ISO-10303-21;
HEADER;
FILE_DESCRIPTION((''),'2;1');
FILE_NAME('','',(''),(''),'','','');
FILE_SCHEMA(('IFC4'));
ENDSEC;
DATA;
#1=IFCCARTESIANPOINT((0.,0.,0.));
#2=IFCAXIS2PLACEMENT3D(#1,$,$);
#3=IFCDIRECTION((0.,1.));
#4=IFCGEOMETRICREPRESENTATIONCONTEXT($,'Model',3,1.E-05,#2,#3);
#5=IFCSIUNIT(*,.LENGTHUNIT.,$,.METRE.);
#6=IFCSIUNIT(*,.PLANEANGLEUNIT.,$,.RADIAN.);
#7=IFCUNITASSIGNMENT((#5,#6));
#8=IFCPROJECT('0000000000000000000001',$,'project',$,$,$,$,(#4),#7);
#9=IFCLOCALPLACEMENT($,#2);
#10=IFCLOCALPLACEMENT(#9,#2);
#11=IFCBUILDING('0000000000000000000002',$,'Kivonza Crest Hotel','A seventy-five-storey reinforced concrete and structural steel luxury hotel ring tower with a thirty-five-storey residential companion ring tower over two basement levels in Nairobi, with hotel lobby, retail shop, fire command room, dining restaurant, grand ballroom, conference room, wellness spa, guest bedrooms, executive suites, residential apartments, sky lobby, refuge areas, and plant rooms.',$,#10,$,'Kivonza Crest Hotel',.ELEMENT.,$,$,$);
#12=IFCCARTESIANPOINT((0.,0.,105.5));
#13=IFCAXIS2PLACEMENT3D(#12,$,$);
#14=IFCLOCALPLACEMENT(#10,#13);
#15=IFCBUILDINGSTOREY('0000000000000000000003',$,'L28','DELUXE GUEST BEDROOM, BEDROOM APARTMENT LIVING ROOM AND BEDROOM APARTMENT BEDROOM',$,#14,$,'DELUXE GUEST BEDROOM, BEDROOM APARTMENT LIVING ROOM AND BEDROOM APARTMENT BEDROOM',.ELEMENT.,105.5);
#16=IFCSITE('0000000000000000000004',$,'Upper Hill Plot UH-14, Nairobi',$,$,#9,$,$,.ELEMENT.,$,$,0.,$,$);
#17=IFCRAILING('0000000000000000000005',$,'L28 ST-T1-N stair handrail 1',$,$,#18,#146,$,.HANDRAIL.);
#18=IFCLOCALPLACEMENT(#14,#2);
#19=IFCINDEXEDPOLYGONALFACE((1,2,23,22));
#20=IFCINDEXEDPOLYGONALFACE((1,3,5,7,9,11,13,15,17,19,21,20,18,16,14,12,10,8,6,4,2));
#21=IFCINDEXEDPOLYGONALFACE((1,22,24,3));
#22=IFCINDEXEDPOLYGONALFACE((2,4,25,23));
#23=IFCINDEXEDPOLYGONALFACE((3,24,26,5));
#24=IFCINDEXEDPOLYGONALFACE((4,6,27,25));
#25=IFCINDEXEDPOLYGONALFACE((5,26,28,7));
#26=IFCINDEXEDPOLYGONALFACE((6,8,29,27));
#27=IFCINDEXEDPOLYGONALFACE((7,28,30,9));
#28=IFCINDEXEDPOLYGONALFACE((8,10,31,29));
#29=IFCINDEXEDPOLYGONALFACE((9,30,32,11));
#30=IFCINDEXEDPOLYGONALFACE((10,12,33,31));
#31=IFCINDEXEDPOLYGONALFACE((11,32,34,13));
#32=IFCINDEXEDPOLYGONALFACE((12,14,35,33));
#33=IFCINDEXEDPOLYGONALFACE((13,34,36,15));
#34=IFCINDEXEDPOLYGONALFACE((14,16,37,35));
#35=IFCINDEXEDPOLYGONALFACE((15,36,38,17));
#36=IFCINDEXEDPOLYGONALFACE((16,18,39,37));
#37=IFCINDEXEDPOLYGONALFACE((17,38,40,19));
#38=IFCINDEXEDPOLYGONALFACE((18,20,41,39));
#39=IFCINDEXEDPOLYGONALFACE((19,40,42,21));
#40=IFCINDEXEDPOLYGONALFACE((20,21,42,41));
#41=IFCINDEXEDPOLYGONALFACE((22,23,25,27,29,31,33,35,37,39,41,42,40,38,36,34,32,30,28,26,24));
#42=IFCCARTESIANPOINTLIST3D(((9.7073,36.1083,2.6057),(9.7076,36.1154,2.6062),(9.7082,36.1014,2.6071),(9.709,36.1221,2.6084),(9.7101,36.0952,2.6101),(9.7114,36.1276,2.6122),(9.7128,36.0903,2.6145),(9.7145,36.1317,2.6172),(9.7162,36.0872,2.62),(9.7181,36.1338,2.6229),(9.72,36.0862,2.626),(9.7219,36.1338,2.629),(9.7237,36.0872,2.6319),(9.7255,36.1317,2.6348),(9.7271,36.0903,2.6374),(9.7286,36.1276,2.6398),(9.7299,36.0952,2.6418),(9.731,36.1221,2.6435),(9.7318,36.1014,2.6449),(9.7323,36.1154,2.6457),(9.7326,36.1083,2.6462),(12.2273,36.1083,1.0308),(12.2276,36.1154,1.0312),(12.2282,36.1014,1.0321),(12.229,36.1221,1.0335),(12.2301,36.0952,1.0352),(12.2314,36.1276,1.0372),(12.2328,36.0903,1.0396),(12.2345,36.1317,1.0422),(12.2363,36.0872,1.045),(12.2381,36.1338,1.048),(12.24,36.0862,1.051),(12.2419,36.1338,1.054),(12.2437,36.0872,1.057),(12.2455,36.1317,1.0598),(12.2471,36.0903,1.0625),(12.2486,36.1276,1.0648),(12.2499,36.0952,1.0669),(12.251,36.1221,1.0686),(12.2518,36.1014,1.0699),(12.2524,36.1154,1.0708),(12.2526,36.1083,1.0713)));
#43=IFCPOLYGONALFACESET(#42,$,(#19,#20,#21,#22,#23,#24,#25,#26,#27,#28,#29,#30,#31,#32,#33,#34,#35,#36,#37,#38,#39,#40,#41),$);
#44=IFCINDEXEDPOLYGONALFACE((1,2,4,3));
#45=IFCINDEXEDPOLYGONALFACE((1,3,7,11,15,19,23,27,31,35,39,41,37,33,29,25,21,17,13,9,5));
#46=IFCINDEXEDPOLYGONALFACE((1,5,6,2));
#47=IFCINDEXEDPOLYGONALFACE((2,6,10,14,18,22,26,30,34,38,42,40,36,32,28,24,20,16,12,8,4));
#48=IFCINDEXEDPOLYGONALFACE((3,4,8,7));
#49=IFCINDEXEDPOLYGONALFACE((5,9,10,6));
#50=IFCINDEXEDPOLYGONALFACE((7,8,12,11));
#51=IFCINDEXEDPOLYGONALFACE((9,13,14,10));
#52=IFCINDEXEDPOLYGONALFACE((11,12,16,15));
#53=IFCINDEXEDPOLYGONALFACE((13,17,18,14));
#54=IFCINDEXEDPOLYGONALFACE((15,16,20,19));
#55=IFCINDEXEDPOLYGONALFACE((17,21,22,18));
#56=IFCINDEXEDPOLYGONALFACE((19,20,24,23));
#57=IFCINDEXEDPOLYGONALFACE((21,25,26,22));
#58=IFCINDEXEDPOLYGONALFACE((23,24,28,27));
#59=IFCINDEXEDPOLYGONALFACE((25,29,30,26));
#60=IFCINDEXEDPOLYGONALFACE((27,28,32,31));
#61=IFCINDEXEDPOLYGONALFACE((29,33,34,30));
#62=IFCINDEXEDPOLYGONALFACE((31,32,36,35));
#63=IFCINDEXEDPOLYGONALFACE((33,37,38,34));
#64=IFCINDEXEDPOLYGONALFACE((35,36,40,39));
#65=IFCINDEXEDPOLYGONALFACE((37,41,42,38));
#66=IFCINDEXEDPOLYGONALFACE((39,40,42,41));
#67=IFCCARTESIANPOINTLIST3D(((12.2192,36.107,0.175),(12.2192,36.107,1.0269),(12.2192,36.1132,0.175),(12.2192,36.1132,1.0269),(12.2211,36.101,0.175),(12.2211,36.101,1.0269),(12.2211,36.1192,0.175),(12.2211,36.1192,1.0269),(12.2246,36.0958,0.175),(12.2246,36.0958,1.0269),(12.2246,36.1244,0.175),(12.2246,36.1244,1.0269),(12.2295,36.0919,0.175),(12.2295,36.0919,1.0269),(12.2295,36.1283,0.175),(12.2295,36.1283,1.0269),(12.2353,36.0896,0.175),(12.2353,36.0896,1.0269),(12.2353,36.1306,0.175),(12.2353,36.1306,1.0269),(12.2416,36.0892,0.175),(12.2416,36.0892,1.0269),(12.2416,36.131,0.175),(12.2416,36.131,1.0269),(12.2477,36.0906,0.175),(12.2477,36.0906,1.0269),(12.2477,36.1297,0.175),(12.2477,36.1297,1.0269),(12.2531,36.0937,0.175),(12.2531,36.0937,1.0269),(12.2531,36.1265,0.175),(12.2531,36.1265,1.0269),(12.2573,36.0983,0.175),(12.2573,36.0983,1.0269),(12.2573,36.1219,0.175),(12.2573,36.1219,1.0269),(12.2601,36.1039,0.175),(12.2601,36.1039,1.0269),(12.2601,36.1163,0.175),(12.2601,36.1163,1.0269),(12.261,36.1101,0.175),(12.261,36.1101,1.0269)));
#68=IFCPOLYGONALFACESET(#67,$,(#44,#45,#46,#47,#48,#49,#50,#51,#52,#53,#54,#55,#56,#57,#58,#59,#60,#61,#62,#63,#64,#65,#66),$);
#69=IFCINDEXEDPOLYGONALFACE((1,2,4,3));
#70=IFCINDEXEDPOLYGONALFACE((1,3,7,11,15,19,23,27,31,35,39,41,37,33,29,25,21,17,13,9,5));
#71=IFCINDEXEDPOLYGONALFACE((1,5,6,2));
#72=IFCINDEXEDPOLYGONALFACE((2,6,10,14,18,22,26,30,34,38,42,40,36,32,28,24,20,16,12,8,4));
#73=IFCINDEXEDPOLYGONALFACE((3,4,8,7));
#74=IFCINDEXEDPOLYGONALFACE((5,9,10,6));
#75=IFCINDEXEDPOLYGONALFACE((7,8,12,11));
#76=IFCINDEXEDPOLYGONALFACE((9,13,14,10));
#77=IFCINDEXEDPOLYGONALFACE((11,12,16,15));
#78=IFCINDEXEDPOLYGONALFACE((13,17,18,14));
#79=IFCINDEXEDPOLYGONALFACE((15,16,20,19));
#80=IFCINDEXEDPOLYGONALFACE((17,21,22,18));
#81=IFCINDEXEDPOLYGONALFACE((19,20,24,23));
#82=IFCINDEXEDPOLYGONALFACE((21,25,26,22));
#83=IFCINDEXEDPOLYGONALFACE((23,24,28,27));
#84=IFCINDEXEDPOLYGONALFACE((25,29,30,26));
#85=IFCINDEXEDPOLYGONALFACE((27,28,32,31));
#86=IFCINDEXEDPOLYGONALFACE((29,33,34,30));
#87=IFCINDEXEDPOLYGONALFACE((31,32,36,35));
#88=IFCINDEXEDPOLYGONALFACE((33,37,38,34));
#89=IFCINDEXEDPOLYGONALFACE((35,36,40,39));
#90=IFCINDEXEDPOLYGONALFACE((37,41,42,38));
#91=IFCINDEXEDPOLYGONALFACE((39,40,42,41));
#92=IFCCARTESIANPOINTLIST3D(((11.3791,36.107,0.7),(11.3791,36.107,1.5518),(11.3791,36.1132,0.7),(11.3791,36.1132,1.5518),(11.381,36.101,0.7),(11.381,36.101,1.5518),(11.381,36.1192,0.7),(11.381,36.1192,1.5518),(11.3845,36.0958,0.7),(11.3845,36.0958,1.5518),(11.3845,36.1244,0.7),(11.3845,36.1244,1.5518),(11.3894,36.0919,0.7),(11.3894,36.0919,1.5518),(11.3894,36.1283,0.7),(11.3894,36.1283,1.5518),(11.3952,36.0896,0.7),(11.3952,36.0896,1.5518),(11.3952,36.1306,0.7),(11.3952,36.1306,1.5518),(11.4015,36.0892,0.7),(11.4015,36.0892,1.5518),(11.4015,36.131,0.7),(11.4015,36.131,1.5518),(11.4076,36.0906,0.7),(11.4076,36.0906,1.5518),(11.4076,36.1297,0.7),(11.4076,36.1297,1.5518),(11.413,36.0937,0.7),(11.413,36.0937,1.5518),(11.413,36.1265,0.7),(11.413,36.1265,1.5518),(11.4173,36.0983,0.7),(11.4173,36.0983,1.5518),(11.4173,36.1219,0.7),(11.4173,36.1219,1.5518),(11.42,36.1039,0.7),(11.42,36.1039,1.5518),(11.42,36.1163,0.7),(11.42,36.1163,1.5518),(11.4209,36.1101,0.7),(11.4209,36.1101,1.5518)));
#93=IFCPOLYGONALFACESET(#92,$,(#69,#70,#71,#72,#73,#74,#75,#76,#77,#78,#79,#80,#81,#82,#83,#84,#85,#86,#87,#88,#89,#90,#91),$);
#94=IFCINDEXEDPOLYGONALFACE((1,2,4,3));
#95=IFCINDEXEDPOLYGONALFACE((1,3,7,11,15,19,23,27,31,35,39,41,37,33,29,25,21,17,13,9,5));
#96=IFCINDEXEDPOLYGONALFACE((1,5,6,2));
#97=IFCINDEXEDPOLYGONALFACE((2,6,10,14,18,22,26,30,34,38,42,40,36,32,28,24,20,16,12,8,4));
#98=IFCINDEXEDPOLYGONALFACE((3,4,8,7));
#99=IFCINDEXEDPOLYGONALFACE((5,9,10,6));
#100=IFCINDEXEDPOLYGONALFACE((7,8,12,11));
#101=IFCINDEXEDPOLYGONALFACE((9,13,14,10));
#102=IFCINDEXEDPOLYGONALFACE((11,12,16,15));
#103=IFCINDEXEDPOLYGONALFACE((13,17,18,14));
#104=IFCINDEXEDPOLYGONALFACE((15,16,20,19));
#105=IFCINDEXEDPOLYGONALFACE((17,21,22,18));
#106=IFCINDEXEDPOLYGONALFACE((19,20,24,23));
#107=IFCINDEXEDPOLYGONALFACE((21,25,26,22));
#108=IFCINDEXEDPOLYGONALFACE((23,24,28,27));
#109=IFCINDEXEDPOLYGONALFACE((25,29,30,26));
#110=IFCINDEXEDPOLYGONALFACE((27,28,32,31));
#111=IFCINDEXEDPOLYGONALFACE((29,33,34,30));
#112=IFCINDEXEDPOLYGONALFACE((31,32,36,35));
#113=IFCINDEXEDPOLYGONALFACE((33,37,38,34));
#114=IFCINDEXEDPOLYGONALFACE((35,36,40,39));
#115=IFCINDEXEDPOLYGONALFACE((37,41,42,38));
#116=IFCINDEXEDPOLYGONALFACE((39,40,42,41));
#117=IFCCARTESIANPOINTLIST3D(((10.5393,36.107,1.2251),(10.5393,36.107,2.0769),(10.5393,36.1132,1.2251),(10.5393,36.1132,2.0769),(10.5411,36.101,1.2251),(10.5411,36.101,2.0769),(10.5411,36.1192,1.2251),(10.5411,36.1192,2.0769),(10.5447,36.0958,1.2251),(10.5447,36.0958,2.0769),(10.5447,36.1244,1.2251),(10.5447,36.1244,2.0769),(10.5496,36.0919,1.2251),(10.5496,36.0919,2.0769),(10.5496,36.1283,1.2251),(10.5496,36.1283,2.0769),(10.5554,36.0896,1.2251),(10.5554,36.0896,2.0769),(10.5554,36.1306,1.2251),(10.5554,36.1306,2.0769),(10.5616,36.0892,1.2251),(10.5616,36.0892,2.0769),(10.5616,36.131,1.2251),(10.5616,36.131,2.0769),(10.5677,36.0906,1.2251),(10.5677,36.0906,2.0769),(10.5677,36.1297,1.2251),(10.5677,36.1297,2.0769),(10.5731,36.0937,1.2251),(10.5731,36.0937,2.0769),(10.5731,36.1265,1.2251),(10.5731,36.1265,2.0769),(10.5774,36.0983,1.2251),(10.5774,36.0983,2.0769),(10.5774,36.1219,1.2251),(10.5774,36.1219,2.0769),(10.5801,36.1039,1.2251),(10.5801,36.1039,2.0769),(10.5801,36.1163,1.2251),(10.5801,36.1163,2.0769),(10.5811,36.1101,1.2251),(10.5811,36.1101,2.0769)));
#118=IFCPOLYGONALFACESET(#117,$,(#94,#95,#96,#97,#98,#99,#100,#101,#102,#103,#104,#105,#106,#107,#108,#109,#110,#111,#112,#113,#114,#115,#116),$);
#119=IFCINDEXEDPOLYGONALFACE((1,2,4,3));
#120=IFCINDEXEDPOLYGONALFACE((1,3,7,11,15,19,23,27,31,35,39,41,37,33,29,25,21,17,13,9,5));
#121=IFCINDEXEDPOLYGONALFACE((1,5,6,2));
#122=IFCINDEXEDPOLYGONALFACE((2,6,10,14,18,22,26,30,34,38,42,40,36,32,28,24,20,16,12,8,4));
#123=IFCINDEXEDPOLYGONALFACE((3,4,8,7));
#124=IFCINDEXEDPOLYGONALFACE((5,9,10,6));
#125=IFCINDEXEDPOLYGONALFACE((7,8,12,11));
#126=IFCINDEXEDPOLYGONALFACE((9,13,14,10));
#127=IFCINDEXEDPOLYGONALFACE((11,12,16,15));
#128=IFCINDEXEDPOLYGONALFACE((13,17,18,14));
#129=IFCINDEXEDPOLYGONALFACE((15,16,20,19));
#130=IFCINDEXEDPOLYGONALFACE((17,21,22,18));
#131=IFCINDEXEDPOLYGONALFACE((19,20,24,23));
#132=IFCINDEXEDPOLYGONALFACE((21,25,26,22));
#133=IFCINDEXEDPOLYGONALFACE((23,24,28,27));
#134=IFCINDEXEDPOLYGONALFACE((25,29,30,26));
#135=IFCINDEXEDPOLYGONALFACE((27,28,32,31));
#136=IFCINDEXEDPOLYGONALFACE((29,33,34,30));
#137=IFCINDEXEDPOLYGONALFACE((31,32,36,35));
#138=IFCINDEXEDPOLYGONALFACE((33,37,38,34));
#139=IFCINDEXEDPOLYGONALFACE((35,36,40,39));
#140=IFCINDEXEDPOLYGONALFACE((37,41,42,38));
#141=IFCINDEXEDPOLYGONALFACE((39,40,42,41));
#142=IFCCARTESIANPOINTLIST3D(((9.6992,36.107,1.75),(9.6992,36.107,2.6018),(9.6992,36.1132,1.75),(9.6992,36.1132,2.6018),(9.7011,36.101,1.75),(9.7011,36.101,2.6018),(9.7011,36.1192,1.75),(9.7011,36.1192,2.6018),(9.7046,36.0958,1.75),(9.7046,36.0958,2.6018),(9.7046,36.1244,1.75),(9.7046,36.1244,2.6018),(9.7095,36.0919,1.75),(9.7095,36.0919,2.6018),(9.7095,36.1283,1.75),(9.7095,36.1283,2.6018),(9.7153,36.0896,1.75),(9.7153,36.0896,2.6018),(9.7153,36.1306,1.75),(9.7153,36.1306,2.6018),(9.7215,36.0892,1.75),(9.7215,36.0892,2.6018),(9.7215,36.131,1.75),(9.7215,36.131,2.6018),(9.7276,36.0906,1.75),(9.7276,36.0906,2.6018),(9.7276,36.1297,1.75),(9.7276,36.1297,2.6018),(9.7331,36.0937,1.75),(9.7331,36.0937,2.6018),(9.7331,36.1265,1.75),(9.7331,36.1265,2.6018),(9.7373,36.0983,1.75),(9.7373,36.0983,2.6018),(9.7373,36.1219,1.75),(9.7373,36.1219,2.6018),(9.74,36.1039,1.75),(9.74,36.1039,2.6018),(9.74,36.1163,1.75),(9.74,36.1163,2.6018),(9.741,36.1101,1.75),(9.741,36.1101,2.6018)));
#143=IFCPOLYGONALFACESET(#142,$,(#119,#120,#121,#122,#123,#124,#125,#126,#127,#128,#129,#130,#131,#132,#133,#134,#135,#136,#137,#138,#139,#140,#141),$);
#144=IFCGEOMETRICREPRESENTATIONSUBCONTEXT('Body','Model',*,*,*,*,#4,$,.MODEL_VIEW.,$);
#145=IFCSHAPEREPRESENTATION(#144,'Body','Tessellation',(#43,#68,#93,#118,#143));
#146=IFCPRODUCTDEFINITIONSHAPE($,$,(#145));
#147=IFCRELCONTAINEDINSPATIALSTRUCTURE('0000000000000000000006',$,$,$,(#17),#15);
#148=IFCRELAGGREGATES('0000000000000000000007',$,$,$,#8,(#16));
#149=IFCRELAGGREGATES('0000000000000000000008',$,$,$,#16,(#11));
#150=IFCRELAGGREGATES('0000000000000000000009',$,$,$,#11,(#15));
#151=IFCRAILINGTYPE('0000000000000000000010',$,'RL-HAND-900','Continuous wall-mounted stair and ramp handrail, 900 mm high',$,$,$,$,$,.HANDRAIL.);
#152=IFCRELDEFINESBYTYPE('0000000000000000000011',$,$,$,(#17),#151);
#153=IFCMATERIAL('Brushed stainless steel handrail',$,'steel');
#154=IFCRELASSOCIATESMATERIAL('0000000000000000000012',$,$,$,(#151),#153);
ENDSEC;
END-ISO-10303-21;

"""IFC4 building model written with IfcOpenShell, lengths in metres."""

from ifc_helpers import new_model, si_unit, direction, frame, origin, origin_2d, place, context, subcontext, project, spatial, circle, extrude, material, type_object, element, save


model = new_model("IFC4")

# Units and contexts
model_context = context("Model", 3, precision=1e-05, world=origin(), true_north=direction((0.0, 1.0)))
body_context = subcontext(model_context, "Body", "Model", "MODEL_VIEW")
ifc_project = project(units=[si_unit("LENGTHUNIT", "METRE"), si_unit("PLANEANGLEUNIT", "RADIAN")], contexts=[model_context])

# Site, building, storey
site_placement = place(None, origin())
site = spatial("IfcSite", under=ifc_project, at=site_placement, Name="Upper Hill Plot UH-14, Nairobi", CompositionType="ELEMENT", RefElevation=0.0)
building_placement = place(site_placement, origin())
building = spatial("IfcBuilding", under=site, at=building_placement, Name="Kivonza Crest Hotel", Description="A seventy-five-storey reinforced concrete and structural steel luxury hotel ring tower with a thirty-five-storey residential companion ring tower over two basement levels in Nairobi, with hotel lobby, retail shop, fire command room, dining restaurant, grand ballroom, conference room, wellness spa, guest bedrooms, executive suites, residential apartments, sky lobby, refuge areas, and plant rooms.", LongName="Kivonza Crest Hotel", CompositionType="ELEMENT")
storey_placement = place(building_placement, frame((0.0, 0.0, 105.5)))
storey = spatial("IfcBuildingStorey", under=building, at=storey_placement, Name="L28", Description="DELUXE GUEST BEDROOM, BEDROOM APARTMENT LIVING ROOM AND BEDROOM APARTMENT BEDROOM", LongName="DELUXE GUEST BEDROOM, BEDROOM APARTMENT LIVING ROOM AND BEDROOM APARTMENT BEDROOM", CompositionType="ELEMENT", Elevation=105.5)

# Railing
ifc_material_1 = material(Name="Brushed stainless steel handrail", Category="steel")
railing_type_1 = type_object("IfcRailingType", Name="RL-HAND-900", Description="Continuous wall-mounted stair and ramp handrail, 900 mm high", PredefinedType="HANDRAIL", material=ifc_material_1)
railing_1_placement = place(storey_placement, frame((12.24, 36.1101, 0.175)))
element("IfcRailing", 1, at=railing_1_placement, inside=storey, type_object=railing_type_1, Name="L28 ST-T1-N stair handrail 1", PredefinedType="HANDRAIL", context=body_context, shape_type="SweptSolid", body=[
    extrude(circle(Radius=0.0239, at=origin_2d()), frame((0.0, 0.0, 0.876), z_axis=(-0.848008, 0.0, 0.529984), x_axis=(0.0, -1.0, 0.0)), (0.0, 0.0, 1.0), 2.9717),
    extrude(circle(Radius=0.021, at=origin_2d()), origin(), (0.0, 0.0, 1.0), 0.8518),
    extrude(circle(Radius=0.021, at=origin_2d()), frame((-0.8401, 0.0, 0.5249)), (0.0, 0.0, 1.0), 0.8518),
    extrude(circle(Radius=0.021, at=origin_2d()), frame((-1.6799, 0.0, 1.05)), (0.0, 0.0, 1.0), 0.8518),
    extrude(circle(Radius=0.021, at=origin_2d()), frame((-2.52, 0.0, 1.575)), (0.0, 0.0, 1.0), 0.8518),
])

save(model, "model.ifc")
